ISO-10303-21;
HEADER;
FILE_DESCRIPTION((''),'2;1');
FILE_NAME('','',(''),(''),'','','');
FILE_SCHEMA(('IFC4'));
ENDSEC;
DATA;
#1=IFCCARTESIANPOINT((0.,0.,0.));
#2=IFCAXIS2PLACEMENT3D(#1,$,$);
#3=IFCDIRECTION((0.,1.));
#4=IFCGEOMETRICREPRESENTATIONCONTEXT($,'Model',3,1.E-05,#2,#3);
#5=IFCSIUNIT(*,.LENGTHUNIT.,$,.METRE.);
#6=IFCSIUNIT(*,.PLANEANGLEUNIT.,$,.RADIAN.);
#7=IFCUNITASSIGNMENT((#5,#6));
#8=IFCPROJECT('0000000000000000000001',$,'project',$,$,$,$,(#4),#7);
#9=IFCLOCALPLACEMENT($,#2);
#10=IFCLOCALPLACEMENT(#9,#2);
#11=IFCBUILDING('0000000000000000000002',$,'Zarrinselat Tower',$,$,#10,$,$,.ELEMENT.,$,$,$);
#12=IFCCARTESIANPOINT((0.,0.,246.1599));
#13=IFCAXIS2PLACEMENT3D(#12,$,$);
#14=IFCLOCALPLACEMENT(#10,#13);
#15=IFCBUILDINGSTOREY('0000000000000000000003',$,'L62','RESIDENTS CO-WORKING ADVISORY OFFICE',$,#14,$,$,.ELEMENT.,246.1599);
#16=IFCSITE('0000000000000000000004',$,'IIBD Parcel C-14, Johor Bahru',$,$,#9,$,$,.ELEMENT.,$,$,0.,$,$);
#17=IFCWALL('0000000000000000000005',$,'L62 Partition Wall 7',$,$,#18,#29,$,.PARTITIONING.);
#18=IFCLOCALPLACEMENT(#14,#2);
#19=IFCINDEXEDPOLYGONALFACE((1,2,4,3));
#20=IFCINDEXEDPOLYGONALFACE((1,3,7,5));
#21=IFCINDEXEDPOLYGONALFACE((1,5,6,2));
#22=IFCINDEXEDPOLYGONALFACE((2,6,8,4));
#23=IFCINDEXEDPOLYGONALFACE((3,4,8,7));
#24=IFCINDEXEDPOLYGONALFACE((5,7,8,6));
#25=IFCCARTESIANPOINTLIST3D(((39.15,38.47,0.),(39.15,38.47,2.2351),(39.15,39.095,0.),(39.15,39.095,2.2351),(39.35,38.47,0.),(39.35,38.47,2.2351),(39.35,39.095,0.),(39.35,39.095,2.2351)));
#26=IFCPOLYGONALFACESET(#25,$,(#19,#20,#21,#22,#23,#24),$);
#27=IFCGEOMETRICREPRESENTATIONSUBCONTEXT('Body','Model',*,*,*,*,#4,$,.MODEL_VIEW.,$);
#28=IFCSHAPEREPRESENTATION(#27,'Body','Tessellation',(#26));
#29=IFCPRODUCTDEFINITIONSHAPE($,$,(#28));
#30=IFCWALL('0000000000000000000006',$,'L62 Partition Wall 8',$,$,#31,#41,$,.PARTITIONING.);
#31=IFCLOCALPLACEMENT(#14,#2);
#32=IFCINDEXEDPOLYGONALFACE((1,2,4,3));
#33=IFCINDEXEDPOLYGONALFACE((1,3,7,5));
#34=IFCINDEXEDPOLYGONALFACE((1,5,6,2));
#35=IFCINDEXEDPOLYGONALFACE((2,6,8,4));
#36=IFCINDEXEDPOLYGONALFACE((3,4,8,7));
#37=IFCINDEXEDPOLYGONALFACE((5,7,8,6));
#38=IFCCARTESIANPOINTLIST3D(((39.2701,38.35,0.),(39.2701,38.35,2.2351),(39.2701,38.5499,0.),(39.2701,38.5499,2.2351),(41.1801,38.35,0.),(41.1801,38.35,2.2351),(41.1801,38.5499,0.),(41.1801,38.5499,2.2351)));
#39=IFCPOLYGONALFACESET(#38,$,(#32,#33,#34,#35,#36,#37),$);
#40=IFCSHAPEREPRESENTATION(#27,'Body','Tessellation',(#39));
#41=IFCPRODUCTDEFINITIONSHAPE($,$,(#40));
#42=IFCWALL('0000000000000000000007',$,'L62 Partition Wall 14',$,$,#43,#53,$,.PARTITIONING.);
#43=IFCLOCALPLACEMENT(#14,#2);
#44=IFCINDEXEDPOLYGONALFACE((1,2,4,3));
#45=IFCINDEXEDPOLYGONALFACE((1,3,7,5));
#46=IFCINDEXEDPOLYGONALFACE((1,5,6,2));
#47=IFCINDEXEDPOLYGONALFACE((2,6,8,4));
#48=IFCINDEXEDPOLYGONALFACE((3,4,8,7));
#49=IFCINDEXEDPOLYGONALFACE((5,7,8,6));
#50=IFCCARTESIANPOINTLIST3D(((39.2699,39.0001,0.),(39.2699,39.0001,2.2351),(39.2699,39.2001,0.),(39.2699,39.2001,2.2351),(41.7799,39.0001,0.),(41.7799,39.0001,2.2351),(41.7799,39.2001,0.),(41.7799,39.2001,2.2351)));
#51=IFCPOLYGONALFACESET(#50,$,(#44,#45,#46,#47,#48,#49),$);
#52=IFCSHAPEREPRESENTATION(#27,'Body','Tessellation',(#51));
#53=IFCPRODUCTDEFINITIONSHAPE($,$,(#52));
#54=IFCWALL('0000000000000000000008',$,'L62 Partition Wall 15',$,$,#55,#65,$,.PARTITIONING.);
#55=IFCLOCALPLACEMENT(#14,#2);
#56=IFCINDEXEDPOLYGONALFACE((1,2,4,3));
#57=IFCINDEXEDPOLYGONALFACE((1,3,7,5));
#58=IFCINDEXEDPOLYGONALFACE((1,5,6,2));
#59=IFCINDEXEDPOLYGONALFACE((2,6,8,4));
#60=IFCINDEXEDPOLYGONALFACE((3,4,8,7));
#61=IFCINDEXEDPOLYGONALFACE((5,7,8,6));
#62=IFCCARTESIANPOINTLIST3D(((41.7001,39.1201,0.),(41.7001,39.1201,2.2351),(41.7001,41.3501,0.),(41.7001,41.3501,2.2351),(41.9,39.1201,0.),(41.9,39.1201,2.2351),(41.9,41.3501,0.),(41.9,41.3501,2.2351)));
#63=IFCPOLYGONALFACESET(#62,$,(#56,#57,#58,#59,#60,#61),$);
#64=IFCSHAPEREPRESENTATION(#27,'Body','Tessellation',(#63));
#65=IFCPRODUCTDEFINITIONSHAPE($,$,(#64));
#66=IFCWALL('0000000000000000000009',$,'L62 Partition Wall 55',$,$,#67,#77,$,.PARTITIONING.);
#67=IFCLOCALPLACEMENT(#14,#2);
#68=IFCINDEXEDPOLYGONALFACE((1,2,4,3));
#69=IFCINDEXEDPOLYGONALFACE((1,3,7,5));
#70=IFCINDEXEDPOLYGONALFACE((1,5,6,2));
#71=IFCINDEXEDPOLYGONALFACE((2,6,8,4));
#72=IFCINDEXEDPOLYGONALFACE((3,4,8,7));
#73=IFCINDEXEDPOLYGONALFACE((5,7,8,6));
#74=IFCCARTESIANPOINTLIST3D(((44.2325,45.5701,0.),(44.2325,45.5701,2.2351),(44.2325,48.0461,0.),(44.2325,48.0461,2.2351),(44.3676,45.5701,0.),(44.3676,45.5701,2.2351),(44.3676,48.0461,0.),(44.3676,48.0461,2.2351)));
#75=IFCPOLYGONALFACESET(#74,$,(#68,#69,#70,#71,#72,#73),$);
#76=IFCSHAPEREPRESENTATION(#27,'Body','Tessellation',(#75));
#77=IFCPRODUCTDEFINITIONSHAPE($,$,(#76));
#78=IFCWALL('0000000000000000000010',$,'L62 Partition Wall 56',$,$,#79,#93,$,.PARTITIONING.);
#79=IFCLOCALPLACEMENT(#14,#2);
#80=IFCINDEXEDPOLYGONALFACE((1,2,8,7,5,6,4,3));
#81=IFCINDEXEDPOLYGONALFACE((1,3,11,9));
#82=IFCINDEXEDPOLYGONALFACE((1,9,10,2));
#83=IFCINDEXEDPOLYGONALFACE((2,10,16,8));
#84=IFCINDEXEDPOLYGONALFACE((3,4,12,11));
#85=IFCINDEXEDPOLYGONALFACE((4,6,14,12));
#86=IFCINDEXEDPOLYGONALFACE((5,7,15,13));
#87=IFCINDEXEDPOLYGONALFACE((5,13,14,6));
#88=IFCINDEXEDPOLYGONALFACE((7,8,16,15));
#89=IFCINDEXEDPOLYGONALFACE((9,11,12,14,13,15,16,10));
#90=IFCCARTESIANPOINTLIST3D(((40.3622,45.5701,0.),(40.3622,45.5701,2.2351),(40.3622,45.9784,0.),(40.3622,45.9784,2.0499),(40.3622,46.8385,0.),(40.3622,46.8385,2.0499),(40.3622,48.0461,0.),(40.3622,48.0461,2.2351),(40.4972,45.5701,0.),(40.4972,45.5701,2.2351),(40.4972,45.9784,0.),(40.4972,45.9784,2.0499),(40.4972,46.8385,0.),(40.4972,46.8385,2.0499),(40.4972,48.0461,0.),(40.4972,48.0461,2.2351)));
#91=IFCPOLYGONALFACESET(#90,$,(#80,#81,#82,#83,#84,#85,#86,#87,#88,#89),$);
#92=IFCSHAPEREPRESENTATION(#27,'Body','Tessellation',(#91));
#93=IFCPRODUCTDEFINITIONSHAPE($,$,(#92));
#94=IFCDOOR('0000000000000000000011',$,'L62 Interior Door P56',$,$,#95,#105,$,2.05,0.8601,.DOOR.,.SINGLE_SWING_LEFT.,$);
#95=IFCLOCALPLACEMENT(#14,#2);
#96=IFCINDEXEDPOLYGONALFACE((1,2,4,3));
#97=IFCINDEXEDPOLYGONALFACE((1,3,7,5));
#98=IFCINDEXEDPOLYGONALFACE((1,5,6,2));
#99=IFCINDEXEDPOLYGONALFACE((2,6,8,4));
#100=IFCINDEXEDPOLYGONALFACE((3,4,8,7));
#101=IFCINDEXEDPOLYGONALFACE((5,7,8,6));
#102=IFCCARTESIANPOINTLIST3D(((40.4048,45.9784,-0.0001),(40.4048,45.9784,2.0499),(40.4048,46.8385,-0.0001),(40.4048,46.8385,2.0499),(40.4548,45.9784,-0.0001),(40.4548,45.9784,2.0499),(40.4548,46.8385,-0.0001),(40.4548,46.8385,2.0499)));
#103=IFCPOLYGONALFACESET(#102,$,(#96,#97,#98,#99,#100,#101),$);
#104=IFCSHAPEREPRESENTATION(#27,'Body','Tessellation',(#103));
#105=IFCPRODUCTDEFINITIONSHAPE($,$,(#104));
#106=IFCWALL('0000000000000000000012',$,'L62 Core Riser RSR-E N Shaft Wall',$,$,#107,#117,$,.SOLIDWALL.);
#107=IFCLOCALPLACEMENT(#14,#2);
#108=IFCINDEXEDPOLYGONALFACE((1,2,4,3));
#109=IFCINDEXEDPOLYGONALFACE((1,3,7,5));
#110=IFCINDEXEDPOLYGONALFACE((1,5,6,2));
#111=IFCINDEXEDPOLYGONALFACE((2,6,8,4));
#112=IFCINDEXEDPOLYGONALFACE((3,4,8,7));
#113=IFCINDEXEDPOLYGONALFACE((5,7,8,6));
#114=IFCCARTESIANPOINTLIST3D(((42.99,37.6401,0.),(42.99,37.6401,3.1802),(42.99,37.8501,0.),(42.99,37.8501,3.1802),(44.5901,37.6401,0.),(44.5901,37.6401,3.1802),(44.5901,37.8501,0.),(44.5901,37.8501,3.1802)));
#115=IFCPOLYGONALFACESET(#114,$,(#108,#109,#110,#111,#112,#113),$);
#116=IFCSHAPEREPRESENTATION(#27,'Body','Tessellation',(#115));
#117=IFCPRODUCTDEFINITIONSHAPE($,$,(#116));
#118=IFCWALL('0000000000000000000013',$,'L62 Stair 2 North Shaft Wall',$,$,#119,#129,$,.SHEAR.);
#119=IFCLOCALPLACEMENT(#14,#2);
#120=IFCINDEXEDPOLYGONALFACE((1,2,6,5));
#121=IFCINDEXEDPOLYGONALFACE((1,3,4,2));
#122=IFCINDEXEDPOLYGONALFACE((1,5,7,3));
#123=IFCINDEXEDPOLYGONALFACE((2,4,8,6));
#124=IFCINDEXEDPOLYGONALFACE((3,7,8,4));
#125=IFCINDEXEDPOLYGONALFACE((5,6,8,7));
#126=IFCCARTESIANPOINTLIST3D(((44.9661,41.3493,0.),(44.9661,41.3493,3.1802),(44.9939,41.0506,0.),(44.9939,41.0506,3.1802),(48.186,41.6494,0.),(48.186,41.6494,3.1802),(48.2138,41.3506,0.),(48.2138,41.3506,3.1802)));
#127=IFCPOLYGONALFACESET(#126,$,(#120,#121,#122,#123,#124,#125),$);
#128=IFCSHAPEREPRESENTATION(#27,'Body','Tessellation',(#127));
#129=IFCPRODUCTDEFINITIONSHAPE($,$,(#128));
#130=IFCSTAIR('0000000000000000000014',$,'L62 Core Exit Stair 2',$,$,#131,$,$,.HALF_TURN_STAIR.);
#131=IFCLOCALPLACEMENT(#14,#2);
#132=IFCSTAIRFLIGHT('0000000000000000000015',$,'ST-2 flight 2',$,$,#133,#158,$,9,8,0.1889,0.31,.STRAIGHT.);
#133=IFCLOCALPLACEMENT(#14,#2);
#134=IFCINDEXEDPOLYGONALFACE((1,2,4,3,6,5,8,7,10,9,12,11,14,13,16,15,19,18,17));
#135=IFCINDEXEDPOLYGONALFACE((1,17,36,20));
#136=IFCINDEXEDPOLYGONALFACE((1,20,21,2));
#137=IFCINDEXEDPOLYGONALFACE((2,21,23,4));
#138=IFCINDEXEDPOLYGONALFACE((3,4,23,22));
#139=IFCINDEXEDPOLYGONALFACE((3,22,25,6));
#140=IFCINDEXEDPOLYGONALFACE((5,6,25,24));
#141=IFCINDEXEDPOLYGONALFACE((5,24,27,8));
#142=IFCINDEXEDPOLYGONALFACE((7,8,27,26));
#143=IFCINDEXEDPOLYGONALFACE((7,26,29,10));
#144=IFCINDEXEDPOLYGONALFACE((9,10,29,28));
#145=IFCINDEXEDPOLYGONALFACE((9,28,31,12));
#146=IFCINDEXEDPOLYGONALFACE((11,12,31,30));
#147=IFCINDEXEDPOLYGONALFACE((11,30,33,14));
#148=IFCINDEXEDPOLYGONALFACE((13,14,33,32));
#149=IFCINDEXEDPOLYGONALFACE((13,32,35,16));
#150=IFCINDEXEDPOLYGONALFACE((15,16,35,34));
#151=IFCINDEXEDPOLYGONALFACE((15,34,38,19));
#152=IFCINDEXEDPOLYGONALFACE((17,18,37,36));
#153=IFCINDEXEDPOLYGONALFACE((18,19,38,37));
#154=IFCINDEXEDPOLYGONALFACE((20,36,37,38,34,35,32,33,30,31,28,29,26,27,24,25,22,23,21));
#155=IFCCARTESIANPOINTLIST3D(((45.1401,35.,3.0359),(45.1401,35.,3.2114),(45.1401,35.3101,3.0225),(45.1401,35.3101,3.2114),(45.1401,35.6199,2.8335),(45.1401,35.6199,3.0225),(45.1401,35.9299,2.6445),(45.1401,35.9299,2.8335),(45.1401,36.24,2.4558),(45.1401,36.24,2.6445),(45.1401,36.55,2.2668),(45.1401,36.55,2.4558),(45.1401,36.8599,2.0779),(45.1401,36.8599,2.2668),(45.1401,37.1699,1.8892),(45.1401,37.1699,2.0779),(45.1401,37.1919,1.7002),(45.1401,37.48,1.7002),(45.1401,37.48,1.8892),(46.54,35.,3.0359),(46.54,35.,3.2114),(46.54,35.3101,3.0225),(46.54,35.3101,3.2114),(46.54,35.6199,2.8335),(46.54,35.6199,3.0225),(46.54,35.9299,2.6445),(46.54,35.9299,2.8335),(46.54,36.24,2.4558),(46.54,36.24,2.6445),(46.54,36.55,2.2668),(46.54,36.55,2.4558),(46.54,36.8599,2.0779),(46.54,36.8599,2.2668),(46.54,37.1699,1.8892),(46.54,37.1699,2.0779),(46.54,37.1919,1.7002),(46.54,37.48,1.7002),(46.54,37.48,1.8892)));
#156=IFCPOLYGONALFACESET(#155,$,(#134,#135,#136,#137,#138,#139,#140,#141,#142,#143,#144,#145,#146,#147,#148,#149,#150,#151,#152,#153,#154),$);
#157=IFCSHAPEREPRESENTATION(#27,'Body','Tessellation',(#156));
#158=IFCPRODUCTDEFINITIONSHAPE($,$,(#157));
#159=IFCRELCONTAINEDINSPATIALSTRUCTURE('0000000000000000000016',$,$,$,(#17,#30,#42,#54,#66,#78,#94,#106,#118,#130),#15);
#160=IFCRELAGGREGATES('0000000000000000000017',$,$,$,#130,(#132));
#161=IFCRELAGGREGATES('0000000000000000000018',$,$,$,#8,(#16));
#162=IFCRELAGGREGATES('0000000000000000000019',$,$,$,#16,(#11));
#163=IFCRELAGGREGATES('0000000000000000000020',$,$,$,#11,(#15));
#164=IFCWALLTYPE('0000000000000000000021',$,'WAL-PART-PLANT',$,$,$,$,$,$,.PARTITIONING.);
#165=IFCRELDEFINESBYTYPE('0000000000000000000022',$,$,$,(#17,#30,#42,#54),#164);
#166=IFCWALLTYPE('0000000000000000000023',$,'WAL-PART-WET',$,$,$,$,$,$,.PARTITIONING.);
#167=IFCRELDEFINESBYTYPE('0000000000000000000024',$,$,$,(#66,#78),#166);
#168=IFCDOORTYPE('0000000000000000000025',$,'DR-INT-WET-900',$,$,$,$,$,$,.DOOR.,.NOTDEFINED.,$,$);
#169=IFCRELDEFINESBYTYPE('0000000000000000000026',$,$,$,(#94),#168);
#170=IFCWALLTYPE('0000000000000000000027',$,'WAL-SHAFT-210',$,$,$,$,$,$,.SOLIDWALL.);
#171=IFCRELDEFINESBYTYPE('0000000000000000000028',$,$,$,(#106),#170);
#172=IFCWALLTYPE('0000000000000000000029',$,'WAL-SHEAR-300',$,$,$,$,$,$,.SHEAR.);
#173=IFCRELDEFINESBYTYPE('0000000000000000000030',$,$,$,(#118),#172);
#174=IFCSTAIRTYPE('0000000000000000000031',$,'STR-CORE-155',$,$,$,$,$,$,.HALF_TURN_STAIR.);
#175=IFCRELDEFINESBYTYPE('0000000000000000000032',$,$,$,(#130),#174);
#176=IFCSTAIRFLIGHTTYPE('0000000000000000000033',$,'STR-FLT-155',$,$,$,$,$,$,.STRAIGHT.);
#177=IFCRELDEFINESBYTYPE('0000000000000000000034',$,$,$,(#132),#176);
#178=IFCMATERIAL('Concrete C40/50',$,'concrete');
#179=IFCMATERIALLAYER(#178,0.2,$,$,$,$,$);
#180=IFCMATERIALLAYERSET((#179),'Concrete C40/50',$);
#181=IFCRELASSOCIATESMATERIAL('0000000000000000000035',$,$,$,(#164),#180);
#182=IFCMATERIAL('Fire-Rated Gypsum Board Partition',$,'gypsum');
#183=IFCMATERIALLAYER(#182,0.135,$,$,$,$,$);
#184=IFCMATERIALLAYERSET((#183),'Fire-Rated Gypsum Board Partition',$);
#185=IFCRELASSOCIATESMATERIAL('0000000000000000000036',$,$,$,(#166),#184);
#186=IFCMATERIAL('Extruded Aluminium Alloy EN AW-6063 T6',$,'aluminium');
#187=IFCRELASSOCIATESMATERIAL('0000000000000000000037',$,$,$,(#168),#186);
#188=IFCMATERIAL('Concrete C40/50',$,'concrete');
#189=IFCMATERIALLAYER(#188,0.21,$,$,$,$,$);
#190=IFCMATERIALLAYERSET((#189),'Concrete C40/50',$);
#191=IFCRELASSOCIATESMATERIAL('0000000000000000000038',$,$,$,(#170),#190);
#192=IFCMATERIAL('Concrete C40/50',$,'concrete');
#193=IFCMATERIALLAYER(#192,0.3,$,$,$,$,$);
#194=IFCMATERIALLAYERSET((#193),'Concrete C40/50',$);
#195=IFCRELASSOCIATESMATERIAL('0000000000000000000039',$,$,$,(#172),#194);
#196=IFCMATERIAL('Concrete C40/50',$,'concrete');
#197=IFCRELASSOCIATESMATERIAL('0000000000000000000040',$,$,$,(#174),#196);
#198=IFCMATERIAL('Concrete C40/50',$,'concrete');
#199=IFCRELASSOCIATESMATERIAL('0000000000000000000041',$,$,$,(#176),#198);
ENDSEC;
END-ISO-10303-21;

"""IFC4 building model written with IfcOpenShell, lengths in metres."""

from ifc_helpers import new_model, si_unit, direction, frame, frame_2d, origin, place, context, subcontext, project, spatial, polyline, rectangle, outline, extrude, material, layer, layer_set, type_object, element, fill, aggregate, save


model = new_model("IFC4")

# Units and contexts
model_context = context("Model", 3, precision=1e-05, world=origin(), true_north=direction((0.0, 1.0)))
body_context = subcontext(model_context, "Body", "Model", "MODEL_VIEW")
ifc_project = project(units=[si_unit("LENGTHUNIT", "METRE"), si_unit("PLANEANGLEUNIT", "RADIAN")], contexts=[model_context])

# Site, building, storey
site_placement = place(None, origin())
site = spatial("IfcSite", under=ifc_project, at=site_placement, Name="IIBD Parcel C-14, Johor Bahru", CompositionType="ELEMENT", RefElevation=0.0)
building_placement = place(site_placement, origin())
building = spatial("IfcBuilding", under=site, at=building_placement, Name="Zarrinselat Tower", CompositionType="ELEMENT")
storey_placement = place(building_placement, frame((0.0, 0.0, 246.1599)))
storey = spatial("IfcBuildingStorey", under=building, at=storey_placement, Name="L62", Description="RESIDENTS CO-WORKING ADVISORY OFFICE", CompositionType="ELEMENT", Elevation=246.1599)

# Walls
ifc_material_1 = material(Name="Concrete C40/50", Category="concrete")
ifc_layer_1 = layer(ifc_material_1, 0.2)
ifc_layer_set_1 = layer_set([ifc_layer_1], Name="Concrete C40/50")
wall_type_1 = type_object("IfcWallType", Name="WAL-PART-PLANT", PredefinedType="PARTITIONING", material=ifc_layer_set_1)
wall_1_placement = place(storey_placement, frame((39.25, 38.47, 0.0), z_axis=(0.0, 0.0, 1.0), x_axis=(0.0, 1.0, 0.0)))
element("IfcWall", 1, at=wall_1_placement, inside=storey, type_object=wall_type_1, Name="L62 Partition Wall 7", PredefinedType="PARTITIONING", context=body_context, shape_type="SweptSolid", body=[
    extrude(rectangle(XDim=0.625, YDim=0.2, at=frame_2d((0.3125, 0.0))), origin(), (0.0, 0.0, 1.0), 2.2351),
])
wall_2_placement = place(storey_placement, frame((39.27, 38.45, 0.0), z_axis=(0.0, 0.0, 1.0), x_axis=(1.0, 0.0, 0.0)))
element("IfcWall", 2, at=wall_2_placement, inside=storey, type_object=wall_type_1, Name="L62 Partition Wall 8", PredefinedType="PARTITIONING", context=body_context, shape_type="SweptSolid", body=[
    extrude(rectangle(XDim=1.9099, YDim=0.2, at=frame_2d((0.9551, 0.0))), origin(), (0.0, 0.0, 1.0), 2.2351),
])
wall_3_placement = place(storey_placement, frame((39.27, 39.1001, 0.0), z_axis=(0.0, 0.0, 1.0), x_axis=(1.0, 0.0, 0.0)))
element("IfcWall", 3, at=wall_3_placement, inside=storey, type_object=wall_type_1, Name="L62 Partition Wall 14", PredefinedType="PARTITIONING", context=body_context, shape_type="SweptSolid", body=[
    extrude(rectangle(XDim=2.51, YDim=0.2, at=frame_2d((1.2549, 0.0))), origin(), (0.0, 0.0, 1.0), 2.2351),
])
wall_4_placement = place(storey_placement, frame((41.8, 39.1201, 0.0), z_axis=(0.0, 0.0, 1.0), x_axis=(0.0, 1.0, 0.0)))
element("IfcWall", 4, at=wall_4_placement, inside=storey, type_object=wall_type_1, Name="L62 Partition Wall 15", PredefinedType="PARTITIONING", context=body_context, shape_type="SweptSolid", body=[
    extrude(rectangle(XDim=2.23, YDim=0.2, at=frame_2d((1.115, 0.0))), origin(), (0.0, 0.0, 1.0), 2.2351),
])
ifc_material_2 = material(Name="Fire-Rated Gypsum Board Partition", Category="gypsum")
ifc_layer_2 = layer(ifc_material_2, 0.135)
ifc_layer_set_2 = layer_set([ifc_layer_2], Name="Fire-Rated Gypsum Board Partition")
wall_type_2 = type_object("IfcWallType", Name="WAL-PART-WET", PredefinedType="PARTITIONING", material=ifc_layer_set_2)
wall_5_placement = place(storey_placement, frame((44.3, 45.5701, 0.0), z_axis=(0.0, 0.0, 1.0), x_axis=(0.0, 1.0, 0.0)))
element("IfcWall", 5, at=wall_5_placement, inside=storey, type_object=wall_type_2, Name="L62 Partition Wall 55", PredefinedType="PARTITIONING", context=body_context, shape_type="SweptSolid", body=[
    extrude(rectangle(XDim=2.4761, YDim=0.135, at=frame_2d((1.238, 0.0))), origin(), (0.0, 0.0, 1.0), 2.2351),
])

# Wall, opening, door
wall_6_placement = place(storey_placement, frame((40.4297, 45.5701, 0.0), z_axis=(0.0, 0.0, 1.0), x_axis=(0.0, 1.0, 0.0)))
wall_6 = element("IfcWall", 6, at=wall_6_placement, inside=storey, type_object=wall_type_2, Name="L62 Partition Wall 56", PredefinedType="PARTITIONING", context=body_context, shape_type="SweptSolid", body=[
    extrude(rectangle(XDim=2.4761, YDim=0.135, at=frame_2d((1.238, 0.0))), origin(), (0.0, 0.0, 1.0), 2.2351),
])
opening_1_placement = place(wall_6_placement, frame((0.4082, 0.0, 0.0)))
opening_1 = element("IfcOpeningElement", 7, at=opening_1_placement, cuts=wall_6, PredefinedType="OPENING", context=body_context, shape_type="SweptSolid", body=[
    extrude(rectangle(XDim=0.8601, YDim=2.05, at=frame_2d((0.4302, 1.0249))), frame((0.0, 0.0774, 0.0), z_axis=(0.0, -1.0, 0.0), x_axis=(1.0, 0.0, 0.0)), (0.0, 0.0, 1.0), 0.155),
])
ifc_material_3 = material(Name="Extruded Aluminium Alloy EN AW-6063 T6", Category="aluminium")
door_type_1 = type_object("IfcDoorType", Name="DR-INT-WET-900", OperationType="NOTDEFINED", PredefinedType="DOOR", material=ifc_material_3)
door_1_placement = place(opening_1_placement, origin())
door_1 = element("IfcDoor", 8, at=door_1_placement, inside=storey, type_object=door_type_1, Name="L62 Interior Door P56", OperationType="SINGLE_SWING_LEFT", OverallHeight=2.05, OverallWidth=0.8601, PredefinedType="DOOR", context=body_context, shape_type="SweptSolid", body=[
    extrude(rectangle(XDim=0.8601, YDim=2.05, at=frame_2d((0.4302, 1.0249))), frame((0.0, 0.0249, 0.0), z_axis=(0.0, -1.0, 0.0), x_axis=(1.0, 0.0, 0.0)), (0.0, 0.0, 1.0), 0.05),
])
fill(opening_1, door_1)

# Walls
ifc_material_4 = material(Name="Concrete C40/50", Category="concrete")
ifc_layer_3 = layer(ifc_material_4, 0.21)
ifc_layer_set_3 = layer_set([ifc_layer_3], Name="Concrete C40/50")
wall_type_3 = type_object("IfcWallType", Name="WAL-SHAFT-210", PredefinedType="SOLIDWALL", material=ifc_layer_set_3)
wall_7_placement = place(storey_placement, frame((42.99, 37.7451, 0.0), z_axis=(0.0, 0.0, 1.0), x_axis=(1.0, 0.0, 0.0)))
element("IfcWall", 9, at=wall_7_placement, inside=storey, type_object=wall_type_3, Name="L62 Core Riser RSR-E N Shaft Wall", PredefinedType="SOLIDWALL", context=body_context, shape_type="SweptSolid", body=[
    extrude(rectangle(XDim=1.6001, YDim=0.21, at=frame_2d((0.8, 0.0))), origin(), (0.0, 0.0, 1.0), 3.1802),
])
ifc_material_5 = material(Name="Concrete C40/50", Category="concrete")
ifc_layer_4 = layer(ifc_material_5, 0.3)
ifc_layer_set_4 = layer_set([ifc_layer_4], Name="Concrete C40/50")
wall_type_4 = type_object("IfcWallType", Name="WAL-SHEAR-300", PredefinedType="SHEAR", material=ifc_layer_set_4)
wall_8_placement = place(storey_placement, frame((44.98, 41.2, 0.0), z_axis=(0.0, 0.0, 1.0), x_axis=(0.995686, 0.092782, 0.0)))
element("IfcWall", 10, at=wall_8_placement, inside=storey, type_object=wall_type_4, Name="L62 Stair 2 North Shaft Wall", PredefinedType="SHEAR", context=body_context, shape_type="SweptSolid", body=[
    extrude(rectangle(XDim=3.2339, YDim=0.3, at=frame_2d((1.6169, 0.0))), origin(), (0.0, 0.0, 1.0), 3.1802),
])

# Stair, stair flight
ifc_material_6 = material(Name="Concrete C40/50", Category="concrete")
stair_type = type_object("IfcStairType", Name="STR-CORE-155", PredefinedType="HALF_TURN_STAIR", material=ifc_material_6)
stair_placement = place(storey_placement, origin())
stair = element("IfcStair", 11, at=stair_placement, inside=storey, type_object=stair_type, Name="L62 Core Exit Stair 2", PredefinedType="HALF_TURN_STAIR")
ifc_material_7 = material(Name="Concrete C40/50", Category="concrete")
stair_flight_type = type_object("IfcStairFlightType", Name="STR-FLT-155", PredefinedType="STRAIGHT", material=ifc_material_7)
stair_flight_placement = place(storey_placement, frame((45.8401, 37.48, 1.7002), z_axis=(0.0, 0.0, 1.0), x_axis=(0.0, -1.0, 0.0)))
stair_flight = element("IfcStairFlight", 12, at=stair_flight_placement, type_object=stair_flight_type, Name="ST-2 flight 2", NumberOfRisers=9, NumberOfTreads=8, PredefinedType="STRAIGHT", RiserHeight=0.1889, TreadLength=0.31, context=body_context, shape_type="SweptSolid", body=[
    extrude(outline(polyline([(0.0, 0.0), (0.0, 0.189), (0.3101, 0.189), (0.3101, 0.3777), (0.6201, 0.3777), (0.6201, 0.5667), (0.9299, 0.5667), (0.9299, 0.7556), (1.24, 0.7556), (1.24, 0.9443), (1.55, 0.9443), (1.55, 1.1333), (1.8601, 1.1333), (1.8601, 1.3223), (2.1699, 1.3223), (2.1699, 1.5112), (2.48, 1.5112), (2.48, 1.7), (2.48, 1.3357), (0.2881, 0.0), (0.0, 0.0)])), frame((0.0, 0.7, 0.0), z_axis=(0.0, -1.0, 0.0), x_axis=(1.0, 0.0, 0.0)), (0.0, 0.0, 1.0), 1.3999),
])
aggregate(stair, [stair_flight])

save(model, "model.ifc")
